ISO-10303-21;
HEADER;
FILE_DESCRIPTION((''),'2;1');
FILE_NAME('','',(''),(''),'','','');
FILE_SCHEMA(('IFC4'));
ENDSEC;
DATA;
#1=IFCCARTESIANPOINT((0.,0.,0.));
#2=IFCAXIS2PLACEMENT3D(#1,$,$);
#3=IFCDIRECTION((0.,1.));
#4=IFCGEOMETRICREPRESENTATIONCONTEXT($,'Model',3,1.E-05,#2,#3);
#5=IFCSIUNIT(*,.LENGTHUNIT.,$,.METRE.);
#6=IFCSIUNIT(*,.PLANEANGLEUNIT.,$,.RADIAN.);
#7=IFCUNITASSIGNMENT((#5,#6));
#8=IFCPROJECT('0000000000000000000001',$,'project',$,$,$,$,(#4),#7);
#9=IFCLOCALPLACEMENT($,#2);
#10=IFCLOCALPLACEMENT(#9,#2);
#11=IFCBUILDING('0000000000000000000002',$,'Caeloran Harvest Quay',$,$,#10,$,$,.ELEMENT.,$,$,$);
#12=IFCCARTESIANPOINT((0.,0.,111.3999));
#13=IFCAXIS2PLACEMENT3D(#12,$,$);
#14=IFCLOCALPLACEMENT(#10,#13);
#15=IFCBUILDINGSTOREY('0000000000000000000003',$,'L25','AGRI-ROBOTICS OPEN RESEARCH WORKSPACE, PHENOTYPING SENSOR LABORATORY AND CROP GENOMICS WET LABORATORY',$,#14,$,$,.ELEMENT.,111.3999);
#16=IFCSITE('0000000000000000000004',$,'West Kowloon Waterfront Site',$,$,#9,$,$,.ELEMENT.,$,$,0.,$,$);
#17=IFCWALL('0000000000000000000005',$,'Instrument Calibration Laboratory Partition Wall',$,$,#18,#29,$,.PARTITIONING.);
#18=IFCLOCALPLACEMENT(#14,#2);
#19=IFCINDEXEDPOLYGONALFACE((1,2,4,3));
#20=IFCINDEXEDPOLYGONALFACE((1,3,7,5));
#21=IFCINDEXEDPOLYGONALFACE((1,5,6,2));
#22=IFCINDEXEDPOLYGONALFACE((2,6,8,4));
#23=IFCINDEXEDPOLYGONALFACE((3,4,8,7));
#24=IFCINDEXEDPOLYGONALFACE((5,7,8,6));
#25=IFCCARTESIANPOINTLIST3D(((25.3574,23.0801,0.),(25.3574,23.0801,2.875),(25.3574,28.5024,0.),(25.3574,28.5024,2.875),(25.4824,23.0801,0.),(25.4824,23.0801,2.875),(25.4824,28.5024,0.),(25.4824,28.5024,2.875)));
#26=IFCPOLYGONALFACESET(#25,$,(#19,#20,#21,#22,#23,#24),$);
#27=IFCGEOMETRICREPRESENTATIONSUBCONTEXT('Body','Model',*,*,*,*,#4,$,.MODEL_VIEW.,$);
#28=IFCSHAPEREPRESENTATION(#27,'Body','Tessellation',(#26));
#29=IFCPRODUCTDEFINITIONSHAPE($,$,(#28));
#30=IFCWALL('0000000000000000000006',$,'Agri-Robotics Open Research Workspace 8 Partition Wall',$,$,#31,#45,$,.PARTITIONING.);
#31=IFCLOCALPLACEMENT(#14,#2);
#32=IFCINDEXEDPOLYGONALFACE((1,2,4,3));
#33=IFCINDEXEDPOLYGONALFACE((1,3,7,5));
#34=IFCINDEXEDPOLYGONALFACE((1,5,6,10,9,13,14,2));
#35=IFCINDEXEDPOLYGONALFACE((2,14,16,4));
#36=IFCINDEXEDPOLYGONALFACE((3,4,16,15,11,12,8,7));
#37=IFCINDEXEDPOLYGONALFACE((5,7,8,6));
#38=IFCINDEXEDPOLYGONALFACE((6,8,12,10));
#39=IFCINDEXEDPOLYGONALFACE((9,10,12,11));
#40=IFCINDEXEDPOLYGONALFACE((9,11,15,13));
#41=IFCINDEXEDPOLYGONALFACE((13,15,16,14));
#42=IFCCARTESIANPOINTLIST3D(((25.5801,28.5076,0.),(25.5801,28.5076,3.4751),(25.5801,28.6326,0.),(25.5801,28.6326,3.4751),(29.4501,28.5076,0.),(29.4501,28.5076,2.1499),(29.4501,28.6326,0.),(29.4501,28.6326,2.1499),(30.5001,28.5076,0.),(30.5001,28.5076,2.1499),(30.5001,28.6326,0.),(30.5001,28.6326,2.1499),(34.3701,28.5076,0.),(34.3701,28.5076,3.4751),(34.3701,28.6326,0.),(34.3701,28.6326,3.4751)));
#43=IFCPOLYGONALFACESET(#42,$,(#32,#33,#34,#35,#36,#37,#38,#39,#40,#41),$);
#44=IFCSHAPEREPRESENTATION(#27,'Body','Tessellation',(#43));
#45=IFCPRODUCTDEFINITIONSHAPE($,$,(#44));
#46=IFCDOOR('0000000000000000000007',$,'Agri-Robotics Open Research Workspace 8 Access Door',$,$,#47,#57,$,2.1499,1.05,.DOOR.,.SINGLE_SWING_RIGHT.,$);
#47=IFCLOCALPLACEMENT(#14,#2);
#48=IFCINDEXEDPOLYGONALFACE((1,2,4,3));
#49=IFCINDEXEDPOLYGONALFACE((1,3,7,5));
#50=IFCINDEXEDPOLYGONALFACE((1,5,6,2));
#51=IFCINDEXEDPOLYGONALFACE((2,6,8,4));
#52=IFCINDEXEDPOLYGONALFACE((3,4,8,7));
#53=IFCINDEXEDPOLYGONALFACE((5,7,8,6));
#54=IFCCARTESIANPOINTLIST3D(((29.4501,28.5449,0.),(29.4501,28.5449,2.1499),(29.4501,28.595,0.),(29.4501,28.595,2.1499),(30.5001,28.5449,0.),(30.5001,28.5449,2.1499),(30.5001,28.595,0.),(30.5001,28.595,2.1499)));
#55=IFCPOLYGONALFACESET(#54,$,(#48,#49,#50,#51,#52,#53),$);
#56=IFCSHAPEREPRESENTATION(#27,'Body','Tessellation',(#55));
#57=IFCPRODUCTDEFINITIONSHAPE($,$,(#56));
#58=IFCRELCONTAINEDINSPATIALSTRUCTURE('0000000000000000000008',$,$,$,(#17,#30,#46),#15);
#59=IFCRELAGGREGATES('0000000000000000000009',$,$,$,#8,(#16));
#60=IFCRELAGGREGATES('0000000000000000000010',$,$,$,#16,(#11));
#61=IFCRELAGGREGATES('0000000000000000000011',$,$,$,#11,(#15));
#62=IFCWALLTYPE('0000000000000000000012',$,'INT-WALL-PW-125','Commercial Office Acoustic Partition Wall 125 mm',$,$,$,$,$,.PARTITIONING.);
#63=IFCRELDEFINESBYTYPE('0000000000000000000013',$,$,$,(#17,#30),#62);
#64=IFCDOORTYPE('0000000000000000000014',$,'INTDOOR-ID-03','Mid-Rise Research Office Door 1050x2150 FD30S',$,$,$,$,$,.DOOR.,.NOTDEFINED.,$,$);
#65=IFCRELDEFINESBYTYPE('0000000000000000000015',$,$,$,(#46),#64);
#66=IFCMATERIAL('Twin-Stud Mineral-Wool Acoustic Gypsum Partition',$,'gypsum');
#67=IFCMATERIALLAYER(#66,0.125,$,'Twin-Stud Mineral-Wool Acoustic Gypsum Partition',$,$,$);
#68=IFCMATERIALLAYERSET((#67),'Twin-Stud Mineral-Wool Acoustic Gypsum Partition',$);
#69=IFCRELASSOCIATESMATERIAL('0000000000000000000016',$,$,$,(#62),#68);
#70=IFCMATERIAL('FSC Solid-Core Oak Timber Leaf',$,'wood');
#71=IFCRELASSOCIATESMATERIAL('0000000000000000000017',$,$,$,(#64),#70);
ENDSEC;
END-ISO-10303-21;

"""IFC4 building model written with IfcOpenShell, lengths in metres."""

from ifc_helpers import new_model, si_unit, direction, frame, frame_2d, origin, place, context, subcontext, project, spatial, rectangle, extrude, material, layer, layer_set, type_object, element, fill, save


model = new_model("IFC4")

# Units and contexts
model_context = context("Model", 3, precision=1e-05, world=origin(), true_north=direction((0.0, 1.0)))
body_context = subcontext(model_context, "Body", "Model", "MODEL_VIEW")
ifc_project = project(units=[si_unit("LENGTHUNIT", "METRE"), si_unit("PLANEANGLEUNIT", "RADIAN")], contexts=[model_context])

# Site, building, storey
site_placement = place(None, origin())
site = spatial("IfcSite", under=ifc_project, at=site_placement, Name="West Kowloon Waterfront Site", CompositionType="ELEMENT", RefElevation=0.0)
building_placement = place(site_placement, origin())
building = spatial("IfcBuilding", under=site, at=building_placement, Name="Caeloran Harvest Quay", CompositionType="ELEMENT")
storey_placement = place(building_placement, frame((0.0, 0.0, 111.3999)))
storey = spatial("IfcBuildingStorey", under=building, at=storey_placement, Name="L25", Description="AGRI-ROBOTICS OPEN RESEARCH WORKSPACE, PHENOTYPING SENSOR LABORATORY AND CROP GENOMICS WET LABORATORY", CompositionType="ELEMENT", Elevation=111.3999)

# Wall
ifc_material_1 = material(Name="Twin-Stud Mineral-Wool Acoustic Gypsum Partition", Category="gypsum")
ifc_layer = layer(ifc_material_1, 0.125, Name="Twin-Stud Mineral-Wool Acoustic Gypsum Partition")
ifc_layer_set = layer_set([ifc_layer], Name="Twin-Stud Mineral-Wool Acoustic Gypsum Partition")
wall_type = type_object("IfcWallType", Name="INT-WALL-PW-125", Description="Commercial Office Acoustic Partition Wall 125 mm", PredefinedType="PARTITIONING", material=ifc_layer_set)
wall_1_placement = place(storey_placement, frame((25.4199, 28.5024, 0.0), z_axis=(0.0, 0.0, 1.0), x_axis=(0.0, -1.0, 0.0)))
element("IfcWall", 1, at=wall_1_placement, inside=storey, type_object=wall_type, Name="Instrument Calibration Laboratory Partition Wall", PredefinedType="PARTITIONING", context=body_context, shape_type="SweptSolid", body=[
    extrude(rectangle(XDim=5.4224, YDim=0.125, at=frame_2d((2.7112, 0.0))), origin(), (0.0, 0.0, 1.0), 2.875),
])

# Wall, opening, door
wall_2_placement = place(storey_placement, frame((25.5801, 28.5701, 0.0), z_axis=(0.0, 0.0, 1.0), x_axis=(1.0, 0.0, 0.0)))
wall_2 = element("IfcWall", 2, at=wall_2_placement, inside=storey, type_object=wall_type, Name="Agri-Robotics Open Research Workspace 8 Partition Wall", PredefinedType="PARTITIONING", context=body_context, shape_type="SweptSolid", body=[
    extrude(rectangle(XDim=8.79, YDim=0.125, at=frame_2d((4.395, 0.0))), origin(), (0.0, 0.0, 1.0), 3.4751),
])
opening_placement = place(wall_2_placement, frame((3.8701, 0.0, 0.0)))
opening = element("IfcOpeningElement", 3, at=opening_placement, cuts=wall_2, PredefinedType="OPENING", context=body_context, shape_type="SweptSolid", body=[
    extrude(rectangle(XDim=1.05, YDim=2.1499, at=frame_2d((0.5249, 1.075))), frame((0.0, 0.0725, 0.0), z_axis=(0.0, -1.0, 0.0), x_axis=(1.0, 0.0, 0.0)), (0.0, 0.0, 1.0), 0.145),
])
ifc_material_2 = material(Name="FSC Solid-Core Oak Timber Leaf", Category="wood")
door_type = type_object("IfcDoorType", Name="INTDOOR-ID-03", Description="Mid-Rise Research Office Door 1050x2150 FD30S", OperationType="NOTDEFINED", PredefinedType="DOOR", material=ifc_material_2)
door_placement = place(opening_placement, origin())
door = element("IfcDoor", 4, at=door_placement, inside=storey, type_object=door_type, Name="Agri-Robotics Open Research Workspace 8 Access Door", OperationType="SINGLE_SWING_RIGHT", OverallHeight=2.1499, OverallWidth=1.05, PredefinedType="DOOR", context=body_context, shape_type="SweptSolid", body=[
    extrude(rectangle(XDim=1.05, YDim=2.1499, at=frame_2d((0.5249, 1.075))), frame((0.0, 0.0249, 0.0), z_axis=(0.0, -1.0, 0.0), x_axis=(1.0, 0.0, 0.0)), (0.0, 0.0, 1.0), 0.05),
])
fill(opening, door)

save(model, "model.ifc")
